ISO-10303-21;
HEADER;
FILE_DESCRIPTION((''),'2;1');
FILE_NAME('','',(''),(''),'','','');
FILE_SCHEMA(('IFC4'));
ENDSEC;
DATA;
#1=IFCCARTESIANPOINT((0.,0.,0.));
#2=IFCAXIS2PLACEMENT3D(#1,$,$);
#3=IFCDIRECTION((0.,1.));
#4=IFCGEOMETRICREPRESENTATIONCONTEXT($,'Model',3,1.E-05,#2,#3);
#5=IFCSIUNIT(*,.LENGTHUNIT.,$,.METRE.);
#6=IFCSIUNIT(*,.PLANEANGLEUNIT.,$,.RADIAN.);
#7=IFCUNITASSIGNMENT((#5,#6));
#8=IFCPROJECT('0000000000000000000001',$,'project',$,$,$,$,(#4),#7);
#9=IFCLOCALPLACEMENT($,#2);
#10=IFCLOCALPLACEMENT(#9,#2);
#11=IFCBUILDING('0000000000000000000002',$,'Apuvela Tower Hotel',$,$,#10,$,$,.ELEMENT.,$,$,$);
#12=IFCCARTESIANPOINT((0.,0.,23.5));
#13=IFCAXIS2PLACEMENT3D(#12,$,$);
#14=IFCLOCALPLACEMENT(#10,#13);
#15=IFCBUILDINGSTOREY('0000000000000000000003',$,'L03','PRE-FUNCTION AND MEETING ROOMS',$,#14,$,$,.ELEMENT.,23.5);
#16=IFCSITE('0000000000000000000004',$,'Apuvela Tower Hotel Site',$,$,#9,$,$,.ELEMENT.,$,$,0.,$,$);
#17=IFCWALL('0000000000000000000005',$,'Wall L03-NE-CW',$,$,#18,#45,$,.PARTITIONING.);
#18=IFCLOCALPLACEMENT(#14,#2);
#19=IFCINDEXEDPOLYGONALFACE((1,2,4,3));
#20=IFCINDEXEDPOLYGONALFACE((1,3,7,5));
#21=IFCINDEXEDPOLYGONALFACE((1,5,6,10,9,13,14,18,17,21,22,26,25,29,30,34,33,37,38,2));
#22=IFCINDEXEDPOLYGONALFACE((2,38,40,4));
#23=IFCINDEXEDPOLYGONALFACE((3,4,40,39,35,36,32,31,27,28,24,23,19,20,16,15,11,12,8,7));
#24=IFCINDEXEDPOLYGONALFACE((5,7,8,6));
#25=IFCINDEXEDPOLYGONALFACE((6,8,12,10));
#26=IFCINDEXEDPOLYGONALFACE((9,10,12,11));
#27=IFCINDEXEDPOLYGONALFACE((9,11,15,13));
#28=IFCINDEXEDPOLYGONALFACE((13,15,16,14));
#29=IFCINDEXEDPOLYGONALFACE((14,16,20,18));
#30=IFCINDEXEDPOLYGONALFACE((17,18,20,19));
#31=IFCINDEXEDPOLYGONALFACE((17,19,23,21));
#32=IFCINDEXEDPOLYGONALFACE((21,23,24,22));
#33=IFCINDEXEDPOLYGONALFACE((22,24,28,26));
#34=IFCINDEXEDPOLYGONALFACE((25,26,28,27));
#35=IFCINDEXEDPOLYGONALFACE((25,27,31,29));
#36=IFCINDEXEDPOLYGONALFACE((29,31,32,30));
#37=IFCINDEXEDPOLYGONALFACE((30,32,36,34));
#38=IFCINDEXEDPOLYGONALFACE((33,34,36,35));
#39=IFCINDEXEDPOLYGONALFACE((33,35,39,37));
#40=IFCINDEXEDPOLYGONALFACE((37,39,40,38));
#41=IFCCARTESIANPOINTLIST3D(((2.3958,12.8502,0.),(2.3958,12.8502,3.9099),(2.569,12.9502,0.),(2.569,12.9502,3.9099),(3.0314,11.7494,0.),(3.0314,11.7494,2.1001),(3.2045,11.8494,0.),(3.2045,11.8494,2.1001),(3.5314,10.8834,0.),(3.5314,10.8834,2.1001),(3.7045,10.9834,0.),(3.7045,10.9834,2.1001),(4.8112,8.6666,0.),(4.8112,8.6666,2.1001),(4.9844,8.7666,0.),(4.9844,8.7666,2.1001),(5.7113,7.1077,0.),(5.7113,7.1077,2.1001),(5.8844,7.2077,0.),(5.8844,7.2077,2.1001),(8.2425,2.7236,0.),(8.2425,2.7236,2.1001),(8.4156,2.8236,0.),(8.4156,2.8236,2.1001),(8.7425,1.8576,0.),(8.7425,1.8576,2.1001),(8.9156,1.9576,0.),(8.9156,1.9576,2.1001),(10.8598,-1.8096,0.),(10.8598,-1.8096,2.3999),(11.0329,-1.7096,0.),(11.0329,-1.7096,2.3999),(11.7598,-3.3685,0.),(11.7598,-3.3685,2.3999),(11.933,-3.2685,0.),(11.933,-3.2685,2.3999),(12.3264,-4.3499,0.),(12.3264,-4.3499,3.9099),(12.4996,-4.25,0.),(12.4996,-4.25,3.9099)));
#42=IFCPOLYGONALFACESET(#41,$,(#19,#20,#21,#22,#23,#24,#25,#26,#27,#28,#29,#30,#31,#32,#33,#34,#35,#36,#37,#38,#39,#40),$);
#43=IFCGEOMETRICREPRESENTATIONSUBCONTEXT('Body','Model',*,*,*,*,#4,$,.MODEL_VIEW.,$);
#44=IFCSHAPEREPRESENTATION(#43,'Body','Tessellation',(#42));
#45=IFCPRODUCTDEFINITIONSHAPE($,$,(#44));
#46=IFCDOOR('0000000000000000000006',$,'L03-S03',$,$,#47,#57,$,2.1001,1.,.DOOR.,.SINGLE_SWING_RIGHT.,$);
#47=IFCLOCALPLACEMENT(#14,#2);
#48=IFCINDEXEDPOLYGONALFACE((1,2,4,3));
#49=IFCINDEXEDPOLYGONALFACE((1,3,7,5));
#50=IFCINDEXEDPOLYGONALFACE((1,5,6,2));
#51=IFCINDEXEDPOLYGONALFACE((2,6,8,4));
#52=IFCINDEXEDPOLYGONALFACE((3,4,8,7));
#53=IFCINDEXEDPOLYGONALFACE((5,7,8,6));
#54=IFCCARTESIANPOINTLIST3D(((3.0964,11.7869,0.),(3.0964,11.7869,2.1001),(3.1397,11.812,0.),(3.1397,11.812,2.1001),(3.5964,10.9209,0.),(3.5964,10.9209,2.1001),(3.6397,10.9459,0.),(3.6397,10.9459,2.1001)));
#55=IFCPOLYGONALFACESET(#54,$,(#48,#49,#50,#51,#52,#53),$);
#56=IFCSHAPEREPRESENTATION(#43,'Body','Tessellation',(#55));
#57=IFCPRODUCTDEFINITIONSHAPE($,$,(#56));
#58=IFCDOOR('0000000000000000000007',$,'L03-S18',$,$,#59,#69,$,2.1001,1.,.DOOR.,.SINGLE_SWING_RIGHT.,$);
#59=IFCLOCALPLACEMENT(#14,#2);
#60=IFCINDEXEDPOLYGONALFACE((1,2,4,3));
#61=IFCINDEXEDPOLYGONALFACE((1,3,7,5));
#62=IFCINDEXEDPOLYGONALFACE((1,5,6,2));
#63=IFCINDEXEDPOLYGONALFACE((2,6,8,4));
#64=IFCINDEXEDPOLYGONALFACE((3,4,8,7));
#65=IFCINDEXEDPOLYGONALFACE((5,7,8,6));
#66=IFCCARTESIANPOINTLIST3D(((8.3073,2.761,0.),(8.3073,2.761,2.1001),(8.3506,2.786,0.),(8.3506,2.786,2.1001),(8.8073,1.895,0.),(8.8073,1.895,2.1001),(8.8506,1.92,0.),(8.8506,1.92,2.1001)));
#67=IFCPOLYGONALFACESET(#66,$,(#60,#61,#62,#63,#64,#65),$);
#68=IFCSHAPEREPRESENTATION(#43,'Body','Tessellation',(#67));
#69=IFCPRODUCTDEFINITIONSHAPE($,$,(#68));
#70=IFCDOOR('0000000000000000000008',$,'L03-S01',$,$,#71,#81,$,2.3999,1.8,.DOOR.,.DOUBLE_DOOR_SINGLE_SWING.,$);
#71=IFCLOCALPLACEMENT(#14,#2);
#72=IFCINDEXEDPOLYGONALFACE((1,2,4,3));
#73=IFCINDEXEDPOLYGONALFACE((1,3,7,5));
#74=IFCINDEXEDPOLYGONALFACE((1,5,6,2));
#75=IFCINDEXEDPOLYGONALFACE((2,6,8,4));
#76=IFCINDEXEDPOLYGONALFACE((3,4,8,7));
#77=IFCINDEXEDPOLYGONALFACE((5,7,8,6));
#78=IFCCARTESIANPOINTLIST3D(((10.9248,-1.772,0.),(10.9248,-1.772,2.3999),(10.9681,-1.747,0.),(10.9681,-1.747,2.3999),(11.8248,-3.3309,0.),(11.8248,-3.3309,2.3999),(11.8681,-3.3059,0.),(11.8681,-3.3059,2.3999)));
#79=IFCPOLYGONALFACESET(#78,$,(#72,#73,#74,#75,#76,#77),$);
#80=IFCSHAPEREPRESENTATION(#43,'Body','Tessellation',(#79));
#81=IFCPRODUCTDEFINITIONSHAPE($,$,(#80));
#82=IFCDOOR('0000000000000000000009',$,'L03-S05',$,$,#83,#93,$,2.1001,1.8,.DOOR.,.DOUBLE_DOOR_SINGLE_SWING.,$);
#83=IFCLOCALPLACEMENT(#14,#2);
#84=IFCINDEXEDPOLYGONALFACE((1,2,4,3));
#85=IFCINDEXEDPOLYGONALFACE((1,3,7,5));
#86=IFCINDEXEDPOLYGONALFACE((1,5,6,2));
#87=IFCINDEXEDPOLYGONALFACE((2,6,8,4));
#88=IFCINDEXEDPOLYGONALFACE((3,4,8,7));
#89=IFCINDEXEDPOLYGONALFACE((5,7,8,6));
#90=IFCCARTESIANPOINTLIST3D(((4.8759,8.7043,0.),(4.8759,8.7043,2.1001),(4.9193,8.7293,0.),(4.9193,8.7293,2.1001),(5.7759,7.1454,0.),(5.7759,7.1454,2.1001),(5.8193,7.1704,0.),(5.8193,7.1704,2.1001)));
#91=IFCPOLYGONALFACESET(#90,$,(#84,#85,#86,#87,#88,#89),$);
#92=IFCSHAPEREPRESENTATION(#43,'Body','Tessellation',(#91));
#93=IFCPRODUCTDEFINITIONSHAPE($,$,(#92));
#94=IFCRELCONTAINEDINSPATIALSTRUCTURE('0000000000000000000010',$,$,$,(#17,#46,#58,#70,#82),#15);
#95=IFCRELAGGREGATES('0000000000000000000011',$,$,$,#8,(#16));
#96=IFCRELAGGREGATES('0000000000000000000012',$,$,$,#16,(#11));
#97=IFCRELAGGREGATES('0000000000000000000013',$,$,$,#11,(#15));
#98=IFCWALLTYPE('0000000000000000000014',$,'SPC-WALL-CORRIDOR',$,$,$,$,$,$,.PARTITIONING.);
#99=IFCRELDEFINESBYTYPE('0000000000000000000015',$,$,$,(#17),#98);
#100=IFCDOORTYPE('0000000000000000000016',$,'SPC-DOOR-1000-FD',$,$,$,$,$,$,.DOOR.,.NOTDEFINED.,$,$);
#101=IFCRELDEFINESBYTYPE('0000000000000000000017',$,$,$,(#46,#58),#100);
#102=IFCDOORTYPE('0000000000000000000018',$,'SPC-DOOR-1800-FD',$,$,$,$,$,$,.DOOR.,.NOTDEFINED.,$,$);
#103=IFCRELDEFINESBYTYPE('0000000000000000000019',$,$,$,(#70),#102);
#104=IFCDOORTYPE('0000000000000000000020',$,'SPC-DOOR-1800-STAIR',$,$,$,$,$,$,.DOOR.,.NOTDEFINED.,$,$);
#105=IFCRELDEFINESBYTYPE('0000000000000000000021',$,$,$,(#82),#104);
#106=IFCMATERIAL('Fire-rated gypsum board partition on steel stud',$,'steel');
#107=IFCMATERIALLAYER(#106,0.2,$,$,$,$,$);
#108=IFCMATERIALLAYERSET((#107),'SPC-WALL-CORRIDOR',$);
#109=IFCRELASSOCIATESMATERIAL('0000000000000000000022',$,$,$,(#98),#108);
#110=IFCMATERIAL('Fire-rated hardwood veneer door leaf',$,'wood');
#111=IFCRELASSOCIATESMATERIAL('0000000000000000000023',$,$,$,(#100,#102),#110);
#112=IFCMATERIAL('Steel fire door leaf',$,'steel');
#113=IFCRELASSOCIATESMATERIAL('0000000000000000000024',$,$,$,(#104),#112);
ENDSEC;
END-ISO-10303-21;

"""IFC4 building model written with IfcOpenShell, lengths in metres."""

from ifc_helpers import new_model, si_unit, direction, frame, frame_2d, origin, place, context, subcontext, project, spatial, rectangle, extrude, material, layer, layer_set, type_object, element, fill, save


model = new_model("IFC4")

# Units and contexts
model_context = context("Model", 3, precision=1e-05, world=origin(), true_north=direction((0.0, 1.0)))
body_context = subcontext(model_context, "Body", "Model", "MODEL_VIEW")
ifc_project = project(units=[si_unit("LENGTHUNIT", "METRE"), si_unit("PLANEANGLEUNIT", "RADIAN")], contexts=[model_context])

# Site, building, storey
site_placement = place(None, origin())
site = spatial("IfcSite", under=ifc_project, at=site_placement, Name="Apuvela Tower Hotel Site", CompositionType="ELEMENT", RefElevation=0.0)
building_placement = place(site_placement, origin())
building = spatial("IfcBuilding", under=site, at=building_placement, Name="Apuvela Tower Hotel", CompositionType="ELEMENT")
storey_placement = place(building_placement, frame((0.0, 0.0, 23.5)))
storey = spatial("IfcBuildingStorey", under=building, at=storey_placement, Name="L03", Description="PRE-FUNCTION AND MEETING ROOMS", CompositionType="ELEMENT", Elevation=23.5)

# Wall, openings, doors
ifc_material_1 = material(Name="Fire-rated gypsum board partition on steel stud", Category="steel")
ifc_layer_1 = layer(ifc_material_1, 0.2)
ifc_layer_set_1 = layer_set([ifc_layer_1], Name="SPC-WALL-CORRIDOR")
wall_type_1 = type_object("IfcWallType", Name="SPC-WALL-CORRIDOR", PredefinedType="PARTITIONING", material=ifc_layer_set_1)
wall_1_placement = place(storey_placement, frame((12.4131, -4.3, 0.0), z_axis=(0.0, 0.0, 1.0), x_axis=(-0.500005, 0.866023, 0.0)))
wall_1 = element("IfcWall", 1, at=wall_1_placement, inside=storey, type_object=wall_type_1, Name="Wall L03-NE-CW", PredefinedType="PARTITIONING", context=body_context, shape_type="SweptSolid", body=[
    extrude(rectangle(XDim=19.8611, YDim=0.2, at=frame_2d((9.9307, 0.0))), origin(), (0.0, 0.0, 1.0), 3.9099),
])
opening_1_placement = place(wall_1_placement, frame((1.1335, 0.0, 0.0)))
opening_1 = element("IfcOpeningElement", 2, at=opening_1_placement, cuts=wall_1, PredefinedType="OPENING", context=body_context, shape_type="SweptSolid", body=[
    extrude(rectangle(XDim=1.8, YDim=2.3999, at=frame_2d((0.8999, 1.2))), frame((0.0, 0.1099, 0.0), z_axis=(0.0, -1.0, 0.0), x_axis=(1.0, 0.0, 0.0)), (0.0, 0.0, 1.0), 0.22),
])
opening_2_placement = place(wall_1_placement, frame((17.5901, 0.0, 0.0)))
opening_2 = element("IfcOpeningElement", 3, at=opening_2_placement, cuts=wall_1, PredefinedType="OPENING", context=body_context, shape_type="SweptSolid", body=[
    extrude(rectangle(XDim=1.0, YDim=2.1001, at=frame_2d((0.5, 1.05))), frame((0.0, 0.1099, 0.0), z_axis=(0.0, -1.0, 0.0), x_axis=(1.0, 0.0, 0.0)), (0.0, 0.0, 1.0), 0.22),
])
opening_3_placement = place(wall_1_placement, frame((13.2305, 0.0, 0.0)))
opening_3 = element("IfcOpeningElement", 4, at=opening_3_placement, cuts=wall_1, PredefinedType="OPENING", context=body_context, shape_type="SweptSolid", body=[
    extrude(rectangle(XDim=1.8, YDim=2.1001, at=frame_2d((0.8999, 1.05))), frame((0.0, 0.1099, 0.0), z_axis=(0.0, -1.0, 0.0), x_axis=(1.0, 0.0, 0.0)), (0.0, 0.0, 1.0), 0.22),
])
opening_4_placement = place(wall_1_placement, frame((7.168, 0.0, 0.0)))
opening_4 = element("IfcOpeningElement", 5, at=opening_4_placement, cuts=wall_1, PredefinedType="OPENING", context=body_context, shape_type="SweptSolid", body=[
    extrude(rectangle(XDim=1.0, YDim=2.1001, at=frame_2d((0.5, 1.05))), frame((0.0, 0.1099, 0.0), z_axis=(0.0, -1.0, 0.0), x_axis=(1.0, 0.0, 0.0)), (0.0, 0.0, 1.0), 0.22),
])
ifc_material_2 = material(Name="Fire-rated hardwood veneer door leaf", Category="wood")
door_type_1 = type_object("IfcDoorType", Name="SPC-DOOR-1000-FD", OperationType="NOTDEFINED", PredefinedType="DOOR", material=ifc_material_2)
door_1_placement = place(opening_2_placement, origin())
door_1 = element("IfcDoor", 6, at=door_1_placement, inside=storey, type_object=door_type_1, Name="L03-S03", OperationType="SINGLE_SWING_RIGHT", OverallHeight=2.1001, OverallWidth=1.0, PredefinedType="DOOR", context=body_context, shape_type="SweptSolid", body=[
    extrude(rectangle(XDim=1.0, YDim=2.1001, at=frame_2d((0.5, 1.05))), frame((0.0, 0.0249, 0.0), z_axis=(0.0, -1.0, 0.0), x_axis=(1.0, 0.0, 0.0)), (0.0, 0.0, 1.0), 0.05),
])
fill(opening_2, door_1)
door_2_placement = place(opening_4_placement, frame((1.0, 0.0, 0.0), z_axis=(0.0, 0.0, 1.0), x_axis=(-1.0, 0.0, 0.0)))
door_2 = element("IfcDoor", 7, at=door_2_placement, inside=storey, type_object=door_type_1, Name="L03-S18", OperationType="SINGLE_SWING_RIGHT", OverallHeight=2.1001, OverallWidth=1.0, PredefinedType="DOOR", context=body_context, shape_type="SweptSolid", body=[
    extrude(rectangle(XDim=1.0, YDim=2.1001, at=frame_2d((0.5, 1.05))), frame((0.0, 0.0249, 0.0), z_axis=(0.0, -1.0, 0.0), x_axis=(1.0, 0.0, 0.0)), (0.0, 0.0, 1.0), 0.05),
])
fill(opening_4, door_2)
door_type_2 = type_object("IfcDoorType", Name="SPC-DOOR-1800-FD", OperationType="NOTDEFINED", PredefinedType="DOOR", material=ifc_material_2)
door_3_placement = place(opening_1_placement, origin())
door_3 = element("IfcDoor", 8, at=door_3_placement, inside=storey, type_object=door_type_2, Name="L03-S01", OperationType="DOUBLE_DOOR_SINGLE_SWING", OverallHeight=2.3999, OverallWidth=1.8, PredefinedType="DOOR", context=body_context, shape_type="SweptSolid", body=[
    extrude(rectangle(XDim=1.8, YDim=2.3999, at=frame_2d((0.8999, 1.2))), frame((0.0, 0.0249, 0.0), z_axis=(0.0, -1.0, 0.0), x_axis=(1.0, 0.0, 0.0)), (0.0, 0.0, 1.0), 0.05),
])
fill(opening_1, door_3)
ifc_material_3 = material(Name="Steel fire door leaf", Category="steel")
door_type_3 = type_object("IfcDoorType", Name="SPC-DOOR-1800-STAIR", OperationType="NOTDEFINED", PredefinedType="DOOR", material=ifc_material_3)
door_4_placement = place(opening_3_placement, frame((1.8, 0.0, 0.0), z_axis=(0.0, 0.0, 1.0), x_axis=(-1.0, 0.0, 0.0)))
door_4 = element("IfcDoor", 9, at=door_4_placement, inside=storey, type_object=door_type_3, Name="L03-S05", OperationType="DOUBLE_DOOR_SINGLE_SWING", OverallHeight=2.1001, OverallWidth=1.8, PredefinedType="DOOR", context=body_context, shape_type="SweptSolid", body=[
    extrude(rectangle(XDim=1.8, YDim=2.1001, at=frame_2d((0.8999, 1.05))), frame((0.0, 0.0249, 0.0), z_axis=(0.0, -1.0, 0.0), x_axis=(1.0, 0.0, 0.0)), (0.0, 0.0, 1.0), 0.05),
])
fill(opening_3, door_4)

save(model, "model.ifc")
